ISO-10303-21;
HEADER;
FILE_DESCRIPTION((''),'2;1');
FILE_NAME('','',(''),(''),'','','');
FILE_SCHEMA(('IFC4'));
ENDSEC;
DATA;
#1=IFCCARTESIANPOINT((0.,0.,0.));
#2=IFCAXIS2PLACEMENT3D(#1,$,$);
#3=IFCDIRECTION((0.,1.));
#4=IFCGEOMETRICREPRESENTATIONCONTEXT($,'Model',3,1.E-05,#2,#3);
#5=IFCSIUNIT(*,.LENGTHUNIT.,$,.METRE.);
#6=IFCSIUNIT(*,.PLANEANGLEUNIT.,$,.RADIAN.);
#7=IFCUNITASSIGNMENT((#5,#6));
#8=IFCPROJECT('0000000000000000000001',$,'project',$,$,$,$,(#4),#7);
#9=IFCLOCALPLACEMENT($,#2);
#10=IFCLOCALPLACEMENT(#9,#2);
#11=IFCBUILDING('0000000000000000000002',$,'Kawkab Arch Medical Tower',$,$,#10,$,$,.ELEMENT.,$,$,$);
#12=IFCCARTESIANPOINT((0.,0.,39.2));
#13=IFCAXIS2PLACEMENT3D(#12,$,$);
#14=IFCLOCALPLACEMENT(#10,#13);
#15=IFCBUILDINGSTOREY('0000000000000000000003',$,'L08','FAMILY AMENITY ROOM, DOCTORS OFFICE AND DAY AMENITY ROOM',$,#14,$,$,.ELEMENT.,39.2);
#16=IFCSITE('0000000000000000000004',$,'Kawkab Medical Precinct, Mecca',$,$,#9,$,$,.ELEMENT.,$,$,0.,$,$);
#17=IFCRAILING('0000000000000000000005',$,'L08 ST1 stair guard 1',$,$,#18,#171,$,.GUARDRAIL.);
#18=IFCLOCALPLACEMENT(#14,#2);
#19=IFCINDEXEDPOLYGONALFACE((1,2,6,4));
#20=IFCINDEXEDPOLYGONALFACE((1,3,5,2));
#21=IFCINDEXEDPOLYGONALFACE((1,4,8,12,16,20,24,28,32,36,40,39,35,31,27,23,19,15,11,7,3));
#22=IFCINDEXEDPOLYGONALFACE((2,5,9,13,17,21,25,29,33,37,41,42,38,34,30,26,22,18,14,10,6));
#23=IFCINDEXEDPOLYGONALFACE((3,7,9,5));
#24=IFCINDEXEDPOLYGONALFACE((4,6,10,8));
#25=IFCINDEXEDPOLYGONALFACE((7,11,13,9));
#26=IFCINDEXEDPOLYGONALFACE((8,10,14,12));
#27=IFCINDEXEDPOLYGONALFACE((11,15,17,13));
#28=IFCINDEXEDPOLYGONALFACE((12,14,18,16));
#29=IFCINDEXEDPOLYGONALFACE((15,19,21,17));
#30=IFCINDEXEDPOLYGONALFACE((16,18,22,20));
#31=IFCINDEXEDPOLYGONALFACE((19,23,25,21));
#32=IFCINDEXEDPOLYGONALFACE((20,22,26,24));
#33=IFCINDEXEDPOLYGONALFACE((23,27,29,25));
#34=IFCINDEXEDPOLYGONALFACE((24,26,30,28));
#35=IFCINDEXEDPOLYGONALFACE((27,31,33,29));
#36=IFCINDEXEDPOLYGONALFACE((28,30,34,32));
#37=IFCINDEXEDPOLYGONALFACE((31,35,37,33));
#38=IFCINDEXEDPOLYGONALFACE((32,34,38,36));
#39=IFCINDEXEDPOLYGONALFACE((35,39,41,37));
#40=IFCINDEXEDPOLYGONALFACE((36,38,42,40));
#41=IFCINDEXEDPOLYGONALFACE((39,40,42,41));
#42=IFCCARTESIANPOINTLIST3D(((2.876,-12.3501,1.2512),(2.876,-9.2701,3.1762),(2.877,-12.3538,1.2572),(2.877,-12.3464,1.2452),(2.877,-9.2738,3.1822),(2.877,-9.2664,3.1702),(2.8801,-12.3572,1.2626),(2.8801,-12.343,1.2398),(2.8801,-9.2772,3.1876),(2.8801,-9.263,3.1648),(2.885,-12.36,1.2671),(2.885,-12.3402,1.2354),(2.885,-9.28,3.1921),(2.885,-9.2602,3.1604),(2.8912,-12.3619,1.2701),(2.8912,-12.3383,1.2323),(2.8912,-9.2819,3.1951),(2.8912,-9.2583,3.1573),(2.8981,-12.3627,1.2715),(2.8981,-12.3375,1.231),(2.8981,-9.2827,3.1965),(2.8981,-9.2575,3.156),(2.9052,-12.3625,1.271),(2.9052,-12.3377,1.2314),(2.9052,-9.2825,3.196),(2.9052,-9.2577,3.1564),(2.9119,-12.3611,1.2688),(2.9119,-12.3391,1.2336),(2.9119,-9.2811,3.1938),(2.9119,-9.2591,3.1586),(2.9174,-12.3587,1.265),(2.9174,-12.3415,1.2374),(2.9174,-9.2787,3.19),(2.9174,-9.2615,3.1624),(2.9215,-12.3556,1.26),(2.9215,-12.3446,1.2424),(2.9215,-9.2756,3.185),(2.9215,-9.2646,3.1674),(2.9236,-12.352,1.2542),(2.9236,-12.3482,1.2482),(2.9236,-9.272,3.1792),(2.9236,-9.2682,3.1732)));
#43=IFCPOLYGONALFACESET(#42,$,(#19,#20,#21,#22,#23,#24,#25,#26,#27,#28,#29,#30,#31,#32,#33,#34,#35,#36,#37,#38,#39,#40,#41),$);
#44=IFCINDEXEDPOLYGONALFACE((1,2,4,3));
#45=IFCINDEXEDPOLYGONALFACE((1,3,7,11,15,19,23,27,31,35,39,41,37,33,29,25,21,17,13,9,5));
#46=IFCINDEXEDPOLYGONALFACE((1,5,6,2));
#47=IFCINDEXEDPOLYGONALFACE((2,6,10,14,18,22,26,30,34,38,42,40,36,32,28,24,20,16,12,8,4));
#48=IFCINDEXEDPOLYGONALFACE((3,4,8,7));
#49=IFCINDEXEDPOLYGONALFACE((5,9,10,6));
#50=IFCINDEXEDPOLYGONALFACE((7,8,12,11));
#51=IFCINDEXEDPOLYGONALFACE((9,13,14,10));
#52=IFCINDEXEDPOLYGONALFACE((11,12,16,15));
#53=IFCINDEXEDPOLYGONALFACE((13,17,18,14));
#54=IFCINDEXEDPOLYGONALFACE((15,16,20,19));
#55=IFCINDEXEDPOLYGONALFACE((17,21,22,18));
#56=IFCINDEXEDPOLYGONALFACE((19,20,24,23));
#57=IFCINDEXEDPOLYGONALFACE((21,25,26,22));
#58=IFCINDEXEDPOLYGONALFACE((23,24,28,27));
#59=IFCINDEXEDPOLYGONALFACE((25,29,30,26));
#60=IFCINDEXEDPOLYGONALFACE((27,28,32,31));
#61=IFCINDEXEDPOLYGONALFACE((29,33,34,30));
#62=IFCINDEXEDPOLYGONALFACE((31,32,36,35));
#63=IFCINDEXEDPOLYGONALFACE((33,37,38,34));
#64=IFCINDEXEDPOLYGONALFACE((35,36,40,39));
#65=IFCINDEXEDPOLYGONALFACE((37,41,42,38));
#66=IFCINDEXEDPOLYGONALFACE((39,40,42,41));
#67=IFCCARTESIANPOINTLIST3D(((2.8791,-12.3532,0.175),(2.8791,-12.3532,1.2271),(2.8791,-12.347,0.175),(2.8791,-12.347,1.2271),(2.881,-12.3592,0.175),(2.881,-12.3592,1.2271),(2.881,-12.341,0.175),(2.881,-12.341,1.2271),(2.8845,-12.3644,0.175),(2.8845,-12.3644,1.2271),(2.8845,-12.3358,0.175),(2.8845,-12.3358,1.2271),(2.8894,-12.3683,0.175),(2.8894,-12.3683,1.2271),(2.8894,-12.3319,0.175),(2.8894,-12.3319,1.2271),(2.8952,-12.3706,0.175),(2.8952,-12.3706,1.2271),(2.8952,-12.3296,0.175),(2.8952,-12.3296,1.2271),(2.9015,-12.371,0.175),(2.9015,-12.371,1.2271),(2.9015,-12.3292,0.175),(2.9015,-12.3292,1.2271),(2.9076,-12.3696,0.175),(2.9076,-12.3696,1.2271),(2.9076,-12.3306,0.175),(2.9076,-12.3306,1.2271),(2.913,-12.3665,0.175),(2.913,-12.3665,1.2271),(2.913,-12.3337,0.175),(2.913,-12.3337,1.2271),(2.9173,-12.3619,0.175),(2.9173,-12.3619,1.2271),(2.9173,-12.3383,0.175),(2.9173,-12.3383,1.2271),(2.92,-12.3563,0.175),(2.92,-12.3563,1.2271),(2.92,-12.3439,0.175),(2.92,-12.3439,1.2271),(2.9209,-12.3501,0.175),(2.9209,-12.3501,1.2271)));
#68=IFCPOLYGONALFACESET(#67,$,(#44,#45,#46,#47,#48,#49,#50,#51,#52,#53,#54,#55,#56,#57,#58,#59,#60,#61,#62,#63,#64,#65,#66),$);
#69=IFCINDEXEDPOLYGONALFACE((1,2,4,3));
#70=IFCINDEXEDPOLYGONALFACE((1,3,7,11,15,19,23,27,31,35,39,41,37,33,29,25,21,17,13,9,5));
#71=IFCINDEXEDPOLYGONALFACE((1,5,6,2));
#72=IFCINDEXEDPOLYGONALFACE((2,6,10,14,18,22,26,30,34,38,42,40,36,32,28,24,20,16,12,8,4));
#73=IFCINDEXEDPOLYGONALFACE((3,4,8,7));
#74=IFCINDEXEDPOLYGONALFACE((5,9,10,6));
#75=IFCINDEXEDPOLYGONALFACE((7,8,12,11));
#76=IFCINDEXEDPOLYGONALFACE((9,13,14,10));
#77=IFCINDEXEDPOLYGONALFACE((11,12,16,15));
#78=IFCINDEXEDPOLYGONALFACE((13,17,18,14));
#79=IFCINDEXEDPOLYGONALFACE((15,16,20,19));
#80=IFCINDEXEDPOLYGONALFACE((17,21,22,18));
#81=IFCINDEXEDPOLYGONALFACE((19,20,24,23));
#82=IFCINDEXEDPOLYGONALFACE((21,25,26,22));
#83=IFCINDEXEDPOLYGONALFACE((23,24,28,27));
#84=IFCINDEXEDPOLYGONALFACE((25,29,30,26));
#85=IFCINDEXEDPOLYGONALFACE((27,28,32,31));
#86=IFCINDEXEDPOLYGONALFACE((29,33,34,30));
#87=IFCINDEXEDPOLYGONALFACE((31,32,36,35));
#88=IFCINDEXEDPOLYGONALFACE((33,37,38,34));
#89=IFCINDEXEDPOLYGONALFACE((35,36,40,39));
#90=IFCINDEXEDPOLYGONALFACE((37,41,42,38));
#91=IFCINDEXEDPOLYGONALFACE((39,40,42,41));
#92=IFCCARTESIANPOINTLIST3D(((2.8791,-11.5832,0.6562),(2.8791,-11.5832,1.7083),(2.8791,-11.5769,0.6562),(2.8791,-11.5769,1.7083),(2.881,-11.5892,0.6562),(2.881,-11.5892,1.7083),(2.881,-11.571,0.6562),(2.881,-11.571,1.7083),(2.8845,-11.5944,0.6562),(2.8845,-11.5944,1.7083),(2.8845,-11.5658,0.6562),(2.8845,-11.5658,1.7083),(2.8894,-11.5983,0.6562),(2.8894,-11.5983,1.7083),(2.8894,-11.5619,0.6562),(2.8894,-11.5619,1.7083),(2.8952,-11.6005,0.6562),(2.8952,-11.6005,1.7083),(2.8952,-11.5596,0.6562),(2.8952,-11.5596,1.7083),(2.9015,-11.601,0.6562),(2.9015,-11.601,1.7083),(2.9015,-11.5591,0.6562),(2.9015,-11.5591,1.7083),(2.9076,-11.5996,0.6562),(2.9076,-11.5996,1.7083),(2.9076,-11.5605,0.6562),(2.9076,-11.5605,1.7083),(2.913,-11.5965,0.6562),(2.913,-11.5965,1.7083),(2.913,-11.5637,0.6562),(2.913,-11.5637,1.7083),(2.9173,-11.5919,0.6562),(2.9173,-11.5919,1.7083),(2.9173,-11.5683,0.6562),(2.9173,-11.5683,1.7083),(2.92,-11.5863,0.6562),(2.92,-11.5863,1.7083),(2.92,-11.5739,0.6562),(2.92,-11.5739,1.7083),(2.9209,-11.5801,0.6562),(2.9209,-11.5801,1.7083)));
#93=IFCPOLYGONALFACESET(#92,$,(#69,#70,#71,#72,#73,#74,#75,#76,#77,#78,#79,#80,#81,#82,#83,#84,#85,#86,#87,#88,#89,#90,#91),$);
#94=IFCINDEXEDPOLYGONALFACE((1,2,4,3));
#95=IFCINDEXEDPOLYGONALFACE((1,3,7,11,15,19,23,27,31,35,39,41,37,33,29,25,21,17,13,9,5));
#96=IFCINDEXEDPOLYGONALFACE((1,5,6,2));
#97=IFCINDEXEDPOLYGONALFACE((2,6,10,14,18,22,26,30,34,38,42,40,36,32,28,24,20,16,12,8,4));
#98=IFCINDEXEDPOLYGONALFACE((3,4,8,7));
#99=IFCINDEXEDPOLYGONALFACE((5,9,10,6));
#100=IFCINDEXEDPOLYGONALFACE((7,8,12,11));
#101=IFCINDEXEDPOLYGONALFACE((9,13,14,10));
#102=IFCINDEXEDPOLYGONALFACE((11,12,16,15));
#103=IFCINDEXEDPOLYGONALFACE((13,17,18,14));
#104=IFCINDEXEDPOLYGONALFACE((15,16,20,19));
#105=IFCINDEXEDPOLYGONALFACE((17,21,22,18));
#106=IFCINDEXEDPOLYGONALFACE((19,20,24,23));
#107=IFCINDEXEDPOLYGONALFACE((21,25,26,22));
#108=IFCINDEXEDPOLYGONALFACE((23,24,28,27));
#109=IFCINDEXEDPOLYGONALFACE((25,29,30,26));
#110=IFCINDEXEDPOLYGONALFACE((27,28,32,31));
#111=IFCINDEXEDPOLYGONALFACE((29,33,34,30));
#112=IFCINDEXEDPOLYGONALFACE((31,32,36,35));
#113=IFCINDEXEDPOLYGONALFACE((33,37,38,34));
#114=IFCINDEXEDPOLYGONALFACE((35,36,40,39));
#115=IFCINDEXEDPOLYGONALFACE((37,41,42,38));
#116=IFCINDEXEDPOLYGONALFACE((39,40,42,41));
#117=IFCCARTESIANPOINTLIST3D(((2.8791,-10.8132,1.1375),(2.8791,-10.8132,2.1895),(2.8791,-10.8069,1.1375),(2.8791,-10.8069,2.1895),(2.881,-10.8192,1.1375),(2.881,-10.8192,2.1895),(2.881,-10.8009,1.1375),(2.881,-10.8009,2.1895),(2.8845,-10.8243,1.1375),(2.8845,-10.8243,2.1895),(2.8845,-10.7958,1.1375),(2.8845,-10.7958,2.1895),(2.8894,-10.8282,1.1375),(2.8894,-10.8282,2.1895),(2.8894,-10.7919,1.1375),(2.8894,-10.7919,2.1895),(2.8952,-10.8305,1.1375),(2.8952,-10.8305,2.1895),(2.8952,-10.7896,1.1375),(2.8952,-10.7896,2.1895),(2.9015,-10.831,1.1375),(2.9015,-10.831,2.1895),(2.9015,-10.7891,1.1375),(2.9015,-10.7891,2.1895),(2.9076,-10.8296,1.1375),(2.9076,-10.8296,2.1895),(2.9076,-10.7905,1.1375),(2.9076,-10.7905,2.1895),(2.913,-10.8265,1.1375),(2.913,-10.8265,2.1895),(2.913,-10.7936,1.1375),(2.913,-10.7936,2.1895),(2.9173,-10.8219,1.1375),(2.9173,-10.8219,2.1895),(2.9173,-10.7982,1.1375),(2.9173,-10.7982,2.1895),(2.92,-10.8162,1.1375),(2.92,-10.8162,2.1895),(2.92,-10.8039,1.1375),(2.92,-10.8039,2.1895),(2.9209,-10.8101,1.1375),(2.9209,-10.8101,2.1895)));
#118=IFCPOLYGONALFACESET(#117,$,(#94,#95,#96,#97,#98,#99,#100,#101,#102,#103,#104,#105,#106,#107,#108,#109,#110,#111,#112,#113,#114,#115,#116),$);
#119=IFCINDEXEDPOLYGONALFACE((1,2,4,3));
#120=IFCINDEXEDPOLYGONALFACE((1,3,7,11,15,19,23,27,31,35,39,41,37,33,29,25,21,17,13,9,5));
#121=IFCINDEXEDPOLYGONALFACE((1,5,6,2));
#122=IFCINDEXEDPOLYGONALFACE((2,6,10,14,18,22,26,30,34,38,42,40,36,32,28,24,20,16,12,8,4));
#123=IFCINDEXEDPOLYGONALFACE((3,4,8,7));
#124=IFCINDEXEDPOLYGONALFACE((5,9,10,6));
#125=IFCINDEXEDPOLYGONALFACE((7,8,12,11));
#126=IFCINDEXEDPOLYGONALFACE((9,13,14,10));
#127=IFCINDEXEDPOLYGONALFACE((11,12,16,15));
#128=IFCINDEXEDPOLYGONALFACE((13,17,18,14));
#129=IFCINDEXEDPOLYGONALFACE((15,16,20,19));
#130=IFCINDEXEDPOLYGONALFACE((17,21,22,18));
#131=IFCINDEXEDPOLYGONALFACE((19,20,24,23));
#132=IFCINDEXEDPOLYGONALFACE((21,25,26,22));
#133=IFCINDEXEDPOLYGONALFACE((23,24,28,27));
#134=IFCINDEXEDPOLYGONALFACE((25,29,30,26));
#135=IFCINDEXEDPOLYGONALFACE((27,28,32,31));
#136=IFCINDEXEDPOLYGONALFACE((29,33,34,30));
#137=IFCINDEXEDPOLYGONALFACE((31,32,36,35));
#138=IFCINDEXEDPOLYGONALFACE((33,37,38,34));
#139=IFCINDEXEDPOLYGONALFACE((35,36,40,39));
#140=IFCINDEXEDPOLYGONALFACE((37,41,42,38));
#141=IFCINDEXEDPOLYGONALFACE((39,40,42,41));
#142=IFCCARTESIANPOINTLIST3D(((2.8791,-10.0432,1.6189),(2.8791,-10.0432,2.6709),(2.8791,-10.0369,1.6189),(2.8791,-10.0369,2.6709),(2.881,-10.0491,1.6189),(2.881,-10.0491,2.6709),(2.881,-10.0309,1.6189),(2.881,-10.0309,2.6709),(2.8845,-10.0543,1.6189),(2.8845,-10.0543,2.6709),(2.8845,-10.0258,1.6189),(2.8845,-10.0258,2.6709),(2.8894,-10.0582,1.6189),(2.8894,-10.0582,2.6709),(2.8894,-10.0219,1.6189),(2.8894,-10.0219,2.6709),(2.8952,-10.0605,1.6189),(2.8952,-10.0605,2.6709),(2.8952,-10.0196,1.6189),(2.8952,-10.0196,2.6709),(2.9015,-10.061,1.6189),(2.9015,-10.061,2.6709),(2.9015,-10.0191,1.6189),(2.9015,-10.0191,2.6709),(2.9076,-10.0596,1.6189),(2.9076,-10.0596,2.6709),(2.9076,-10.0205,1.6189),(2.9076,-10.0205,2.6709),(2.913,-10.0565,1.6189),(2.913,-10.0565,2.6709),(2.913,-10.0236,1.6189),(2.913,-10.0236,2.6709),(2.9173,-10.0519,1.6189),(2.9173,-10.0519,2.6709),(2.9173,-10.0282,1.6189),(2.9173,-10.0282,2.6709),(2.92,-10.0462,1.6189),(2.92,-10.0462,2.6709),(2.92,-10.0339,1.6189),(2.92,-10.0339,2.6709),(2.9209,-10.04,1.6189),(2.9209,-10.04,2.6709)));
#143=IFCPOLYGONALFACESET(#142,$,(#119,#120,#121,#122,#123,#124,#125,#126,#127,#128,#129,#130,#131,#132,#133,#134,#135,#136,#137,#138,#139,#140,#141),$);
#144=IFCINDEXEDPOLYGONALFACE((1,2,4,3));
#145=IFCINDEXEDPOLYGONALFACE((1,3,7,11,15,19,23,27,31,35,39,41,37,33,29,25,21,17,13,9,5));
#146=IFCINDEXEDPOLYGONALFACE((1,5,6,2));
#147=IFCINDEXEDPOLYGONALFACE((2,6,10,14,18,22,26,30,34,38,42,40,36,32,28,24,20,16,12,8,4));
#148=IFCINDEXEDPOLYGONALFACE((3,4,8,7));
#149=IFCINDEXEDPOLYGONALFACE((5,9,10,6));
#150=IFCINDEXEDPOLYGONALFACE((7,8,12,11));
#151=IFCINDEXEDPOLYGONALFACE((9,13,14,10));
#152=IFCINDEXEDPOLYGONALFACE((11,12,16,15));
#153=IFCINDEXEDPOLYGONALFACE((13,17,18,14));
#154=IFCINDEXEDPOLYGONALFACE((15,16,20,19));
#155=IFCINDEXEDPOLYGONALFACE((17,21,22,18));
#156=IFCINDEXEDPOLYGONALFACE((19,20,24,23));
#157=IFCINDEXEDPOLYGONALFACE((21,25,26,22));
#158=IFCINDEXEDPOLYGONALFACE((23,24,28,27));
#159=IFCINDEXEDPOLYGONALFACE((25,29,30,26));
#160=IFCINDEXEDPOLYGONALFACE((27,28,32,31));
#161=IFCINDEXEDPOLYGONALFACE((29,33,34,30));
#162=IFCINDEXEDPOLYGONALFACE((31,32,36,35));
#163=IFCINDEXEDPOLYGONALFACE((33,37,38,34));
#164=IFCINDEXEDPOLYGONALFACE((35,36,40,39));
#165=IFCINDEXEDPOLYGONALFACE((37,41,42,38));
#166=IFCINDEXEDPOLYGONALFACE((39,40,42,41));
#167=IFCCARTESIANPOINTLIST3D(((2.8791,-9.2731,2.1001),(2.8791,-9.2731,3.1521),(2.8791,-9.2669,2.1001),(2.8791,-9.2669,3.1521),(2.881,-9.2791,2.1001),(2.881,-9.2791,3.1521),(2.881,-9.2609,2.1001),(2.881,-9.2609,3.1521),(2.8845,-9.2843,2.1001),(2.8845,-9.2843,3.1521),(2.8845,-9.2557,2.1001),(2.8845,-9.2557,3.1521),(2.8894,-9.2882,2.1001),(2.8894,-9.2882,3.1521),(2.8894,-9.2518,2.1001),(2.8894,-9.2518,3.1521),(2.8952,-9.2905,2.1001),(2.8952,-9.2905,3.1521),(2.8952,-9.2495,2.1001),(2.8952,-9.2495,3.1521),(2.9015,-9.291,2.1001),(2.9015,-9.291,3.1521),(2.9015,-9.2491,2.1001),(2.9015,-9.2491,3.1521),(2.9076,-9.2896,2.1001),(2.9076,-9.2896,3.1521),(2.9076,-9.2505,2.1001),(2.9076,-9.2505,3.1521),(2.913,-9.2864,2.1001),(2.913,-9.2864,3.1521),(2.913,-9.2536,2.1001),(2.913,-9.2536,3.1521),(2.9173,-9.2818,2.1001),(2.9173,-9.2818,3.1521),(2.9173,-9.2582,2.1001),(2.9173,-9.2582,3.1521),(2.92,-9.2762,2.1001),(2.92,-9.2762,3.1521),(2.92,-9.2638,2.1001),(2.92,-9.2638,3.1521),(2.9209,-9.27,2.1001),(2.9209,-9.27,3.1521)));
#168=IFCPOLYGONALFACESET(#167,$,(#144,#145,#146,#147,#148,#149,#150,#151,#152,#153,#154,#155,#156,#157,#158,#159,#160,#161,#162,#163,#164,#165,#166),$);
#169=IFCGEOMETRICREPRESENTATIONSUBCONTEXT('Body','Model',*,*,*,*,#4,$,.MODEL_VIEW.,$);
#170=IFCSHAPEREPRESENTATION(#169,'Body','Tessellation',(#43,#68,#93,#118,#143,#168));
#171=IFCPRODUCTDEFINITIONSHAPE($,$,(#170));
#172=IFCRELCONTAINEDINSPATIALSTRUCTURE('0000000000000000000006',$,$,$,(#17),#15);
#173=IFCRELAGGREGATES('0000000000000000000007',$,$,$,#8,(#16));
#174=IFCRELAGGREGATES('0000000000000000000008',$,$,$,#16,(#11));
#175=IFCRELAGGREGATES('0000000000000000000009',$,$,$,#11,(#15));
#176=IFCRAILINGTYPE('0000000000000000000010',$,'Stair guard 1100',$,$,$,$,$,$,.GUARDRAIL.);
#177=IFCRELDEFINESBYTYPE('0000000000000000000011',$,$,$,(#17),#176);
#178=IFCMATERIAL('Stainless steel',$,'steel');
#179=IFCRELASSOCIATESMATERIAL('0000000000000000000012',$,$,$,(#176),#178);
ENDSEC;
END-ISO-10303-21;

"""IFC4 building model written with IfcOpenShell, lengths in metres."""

from ifc_helpers import new_model, si_unit, direction, frame, origin, origin_2d, place, context, subcontext, project, spatial, circle, extrude, material, type_object, element, save


model = new_model("IFC4")

# Units and contexts
model_context = context("Model", 3, precision=1e-05, world=origin(), true_north=direction((0.0, 1.0)))
body_context = subcontext(model_context, "Body", "Model", "MODEL_VIEW")
ifc_project = project(units=[si_unit("LENGTHUNIT", "METRE"), si_unit("PLANEANGLEUNIT", "RADIAN")], contexts=[model_context])

# Site, building, storey
site_placement = place(None, origin())
site = spatial("IfcSite", under=ifc_project, at=site_placement, Name="Kawkab Medical Precinct, Mecca", CompositionType="ELEMENT", RefElevation=0.0)
building_placement = place(site_placement, origin())
building = spatial("IfcBuilding", under=site, at=building_placement, Name="Kawkab Arch Medical Tower", CompositionType="ELEMENT")
storey_placement = place(building_placement, frame((0.0, 0.0, 39.2)))
storey = spatial("IfcBuildingStorey", under=building, at=storey_placement, Name="L08", Description="FAMILY AMENITY ROOM, DOCTORS OFFICE AND DAY AMENITY ROOM", CompositionType="ELEMENT", Elevation=39.2)

# Railing
ifc_material_1 = material(Name="Stainless steel", Category="steel")
railing_type = type_object("IfcRailingType", Name="Stair guard 1100", PredefinedType="GUARDRAIL", material=ifc_material_1)
railing_1_placement = place(storey_placement, frame((2.8999, -12.3501, 0.175)))
element("IfcRailing", 1, at=railing_1_placement, inside=storey, type_object=railing_type, Name="L08 ST1 stair guard 1", PredefinedType="GUARDRAIL", context=body_context, shape_type="SweptSolid", body=[
    extrude(circle(Radius=0.0239, at=origin_2d()), frame((0.0, 0.0, 1.0762), z_axis=(0.0, 0.847998, 0.529999), x_axis=(-1.0, 0.0, 0.0)), (0.0, 0.0, 1.0), 3.6321),
    extrude(circle(Radius=0.021, at=origin_2d()), origin(), (0.0, 0.0, 1.0), 1.052),
    extrude(circle(Radius=0.021, at=origin_2d()), frame((0.0, 0.77, 0.4812)), (0.0, 0.0, 1.0), 1.052),
    extrude(circle(Radius=0.021, at=origin_2d()), frame((0.0, 1.54, 0.9624)), (0.0, 0.0, 1.0), 1.052),
    extrude(circle(Radius=0.021, at=origin_2d()), frame((0.0, 2.3101, 1.4438)), (0.0, 0.0, 1.0), 1.052),
    extrude(circle(Radius=0.021, at=origin_2d()), frame((0.0, 3.0801, 1.925)), (0.0, 0.0, 1.0), 1.052),
])

save(model, "model.ifc")
